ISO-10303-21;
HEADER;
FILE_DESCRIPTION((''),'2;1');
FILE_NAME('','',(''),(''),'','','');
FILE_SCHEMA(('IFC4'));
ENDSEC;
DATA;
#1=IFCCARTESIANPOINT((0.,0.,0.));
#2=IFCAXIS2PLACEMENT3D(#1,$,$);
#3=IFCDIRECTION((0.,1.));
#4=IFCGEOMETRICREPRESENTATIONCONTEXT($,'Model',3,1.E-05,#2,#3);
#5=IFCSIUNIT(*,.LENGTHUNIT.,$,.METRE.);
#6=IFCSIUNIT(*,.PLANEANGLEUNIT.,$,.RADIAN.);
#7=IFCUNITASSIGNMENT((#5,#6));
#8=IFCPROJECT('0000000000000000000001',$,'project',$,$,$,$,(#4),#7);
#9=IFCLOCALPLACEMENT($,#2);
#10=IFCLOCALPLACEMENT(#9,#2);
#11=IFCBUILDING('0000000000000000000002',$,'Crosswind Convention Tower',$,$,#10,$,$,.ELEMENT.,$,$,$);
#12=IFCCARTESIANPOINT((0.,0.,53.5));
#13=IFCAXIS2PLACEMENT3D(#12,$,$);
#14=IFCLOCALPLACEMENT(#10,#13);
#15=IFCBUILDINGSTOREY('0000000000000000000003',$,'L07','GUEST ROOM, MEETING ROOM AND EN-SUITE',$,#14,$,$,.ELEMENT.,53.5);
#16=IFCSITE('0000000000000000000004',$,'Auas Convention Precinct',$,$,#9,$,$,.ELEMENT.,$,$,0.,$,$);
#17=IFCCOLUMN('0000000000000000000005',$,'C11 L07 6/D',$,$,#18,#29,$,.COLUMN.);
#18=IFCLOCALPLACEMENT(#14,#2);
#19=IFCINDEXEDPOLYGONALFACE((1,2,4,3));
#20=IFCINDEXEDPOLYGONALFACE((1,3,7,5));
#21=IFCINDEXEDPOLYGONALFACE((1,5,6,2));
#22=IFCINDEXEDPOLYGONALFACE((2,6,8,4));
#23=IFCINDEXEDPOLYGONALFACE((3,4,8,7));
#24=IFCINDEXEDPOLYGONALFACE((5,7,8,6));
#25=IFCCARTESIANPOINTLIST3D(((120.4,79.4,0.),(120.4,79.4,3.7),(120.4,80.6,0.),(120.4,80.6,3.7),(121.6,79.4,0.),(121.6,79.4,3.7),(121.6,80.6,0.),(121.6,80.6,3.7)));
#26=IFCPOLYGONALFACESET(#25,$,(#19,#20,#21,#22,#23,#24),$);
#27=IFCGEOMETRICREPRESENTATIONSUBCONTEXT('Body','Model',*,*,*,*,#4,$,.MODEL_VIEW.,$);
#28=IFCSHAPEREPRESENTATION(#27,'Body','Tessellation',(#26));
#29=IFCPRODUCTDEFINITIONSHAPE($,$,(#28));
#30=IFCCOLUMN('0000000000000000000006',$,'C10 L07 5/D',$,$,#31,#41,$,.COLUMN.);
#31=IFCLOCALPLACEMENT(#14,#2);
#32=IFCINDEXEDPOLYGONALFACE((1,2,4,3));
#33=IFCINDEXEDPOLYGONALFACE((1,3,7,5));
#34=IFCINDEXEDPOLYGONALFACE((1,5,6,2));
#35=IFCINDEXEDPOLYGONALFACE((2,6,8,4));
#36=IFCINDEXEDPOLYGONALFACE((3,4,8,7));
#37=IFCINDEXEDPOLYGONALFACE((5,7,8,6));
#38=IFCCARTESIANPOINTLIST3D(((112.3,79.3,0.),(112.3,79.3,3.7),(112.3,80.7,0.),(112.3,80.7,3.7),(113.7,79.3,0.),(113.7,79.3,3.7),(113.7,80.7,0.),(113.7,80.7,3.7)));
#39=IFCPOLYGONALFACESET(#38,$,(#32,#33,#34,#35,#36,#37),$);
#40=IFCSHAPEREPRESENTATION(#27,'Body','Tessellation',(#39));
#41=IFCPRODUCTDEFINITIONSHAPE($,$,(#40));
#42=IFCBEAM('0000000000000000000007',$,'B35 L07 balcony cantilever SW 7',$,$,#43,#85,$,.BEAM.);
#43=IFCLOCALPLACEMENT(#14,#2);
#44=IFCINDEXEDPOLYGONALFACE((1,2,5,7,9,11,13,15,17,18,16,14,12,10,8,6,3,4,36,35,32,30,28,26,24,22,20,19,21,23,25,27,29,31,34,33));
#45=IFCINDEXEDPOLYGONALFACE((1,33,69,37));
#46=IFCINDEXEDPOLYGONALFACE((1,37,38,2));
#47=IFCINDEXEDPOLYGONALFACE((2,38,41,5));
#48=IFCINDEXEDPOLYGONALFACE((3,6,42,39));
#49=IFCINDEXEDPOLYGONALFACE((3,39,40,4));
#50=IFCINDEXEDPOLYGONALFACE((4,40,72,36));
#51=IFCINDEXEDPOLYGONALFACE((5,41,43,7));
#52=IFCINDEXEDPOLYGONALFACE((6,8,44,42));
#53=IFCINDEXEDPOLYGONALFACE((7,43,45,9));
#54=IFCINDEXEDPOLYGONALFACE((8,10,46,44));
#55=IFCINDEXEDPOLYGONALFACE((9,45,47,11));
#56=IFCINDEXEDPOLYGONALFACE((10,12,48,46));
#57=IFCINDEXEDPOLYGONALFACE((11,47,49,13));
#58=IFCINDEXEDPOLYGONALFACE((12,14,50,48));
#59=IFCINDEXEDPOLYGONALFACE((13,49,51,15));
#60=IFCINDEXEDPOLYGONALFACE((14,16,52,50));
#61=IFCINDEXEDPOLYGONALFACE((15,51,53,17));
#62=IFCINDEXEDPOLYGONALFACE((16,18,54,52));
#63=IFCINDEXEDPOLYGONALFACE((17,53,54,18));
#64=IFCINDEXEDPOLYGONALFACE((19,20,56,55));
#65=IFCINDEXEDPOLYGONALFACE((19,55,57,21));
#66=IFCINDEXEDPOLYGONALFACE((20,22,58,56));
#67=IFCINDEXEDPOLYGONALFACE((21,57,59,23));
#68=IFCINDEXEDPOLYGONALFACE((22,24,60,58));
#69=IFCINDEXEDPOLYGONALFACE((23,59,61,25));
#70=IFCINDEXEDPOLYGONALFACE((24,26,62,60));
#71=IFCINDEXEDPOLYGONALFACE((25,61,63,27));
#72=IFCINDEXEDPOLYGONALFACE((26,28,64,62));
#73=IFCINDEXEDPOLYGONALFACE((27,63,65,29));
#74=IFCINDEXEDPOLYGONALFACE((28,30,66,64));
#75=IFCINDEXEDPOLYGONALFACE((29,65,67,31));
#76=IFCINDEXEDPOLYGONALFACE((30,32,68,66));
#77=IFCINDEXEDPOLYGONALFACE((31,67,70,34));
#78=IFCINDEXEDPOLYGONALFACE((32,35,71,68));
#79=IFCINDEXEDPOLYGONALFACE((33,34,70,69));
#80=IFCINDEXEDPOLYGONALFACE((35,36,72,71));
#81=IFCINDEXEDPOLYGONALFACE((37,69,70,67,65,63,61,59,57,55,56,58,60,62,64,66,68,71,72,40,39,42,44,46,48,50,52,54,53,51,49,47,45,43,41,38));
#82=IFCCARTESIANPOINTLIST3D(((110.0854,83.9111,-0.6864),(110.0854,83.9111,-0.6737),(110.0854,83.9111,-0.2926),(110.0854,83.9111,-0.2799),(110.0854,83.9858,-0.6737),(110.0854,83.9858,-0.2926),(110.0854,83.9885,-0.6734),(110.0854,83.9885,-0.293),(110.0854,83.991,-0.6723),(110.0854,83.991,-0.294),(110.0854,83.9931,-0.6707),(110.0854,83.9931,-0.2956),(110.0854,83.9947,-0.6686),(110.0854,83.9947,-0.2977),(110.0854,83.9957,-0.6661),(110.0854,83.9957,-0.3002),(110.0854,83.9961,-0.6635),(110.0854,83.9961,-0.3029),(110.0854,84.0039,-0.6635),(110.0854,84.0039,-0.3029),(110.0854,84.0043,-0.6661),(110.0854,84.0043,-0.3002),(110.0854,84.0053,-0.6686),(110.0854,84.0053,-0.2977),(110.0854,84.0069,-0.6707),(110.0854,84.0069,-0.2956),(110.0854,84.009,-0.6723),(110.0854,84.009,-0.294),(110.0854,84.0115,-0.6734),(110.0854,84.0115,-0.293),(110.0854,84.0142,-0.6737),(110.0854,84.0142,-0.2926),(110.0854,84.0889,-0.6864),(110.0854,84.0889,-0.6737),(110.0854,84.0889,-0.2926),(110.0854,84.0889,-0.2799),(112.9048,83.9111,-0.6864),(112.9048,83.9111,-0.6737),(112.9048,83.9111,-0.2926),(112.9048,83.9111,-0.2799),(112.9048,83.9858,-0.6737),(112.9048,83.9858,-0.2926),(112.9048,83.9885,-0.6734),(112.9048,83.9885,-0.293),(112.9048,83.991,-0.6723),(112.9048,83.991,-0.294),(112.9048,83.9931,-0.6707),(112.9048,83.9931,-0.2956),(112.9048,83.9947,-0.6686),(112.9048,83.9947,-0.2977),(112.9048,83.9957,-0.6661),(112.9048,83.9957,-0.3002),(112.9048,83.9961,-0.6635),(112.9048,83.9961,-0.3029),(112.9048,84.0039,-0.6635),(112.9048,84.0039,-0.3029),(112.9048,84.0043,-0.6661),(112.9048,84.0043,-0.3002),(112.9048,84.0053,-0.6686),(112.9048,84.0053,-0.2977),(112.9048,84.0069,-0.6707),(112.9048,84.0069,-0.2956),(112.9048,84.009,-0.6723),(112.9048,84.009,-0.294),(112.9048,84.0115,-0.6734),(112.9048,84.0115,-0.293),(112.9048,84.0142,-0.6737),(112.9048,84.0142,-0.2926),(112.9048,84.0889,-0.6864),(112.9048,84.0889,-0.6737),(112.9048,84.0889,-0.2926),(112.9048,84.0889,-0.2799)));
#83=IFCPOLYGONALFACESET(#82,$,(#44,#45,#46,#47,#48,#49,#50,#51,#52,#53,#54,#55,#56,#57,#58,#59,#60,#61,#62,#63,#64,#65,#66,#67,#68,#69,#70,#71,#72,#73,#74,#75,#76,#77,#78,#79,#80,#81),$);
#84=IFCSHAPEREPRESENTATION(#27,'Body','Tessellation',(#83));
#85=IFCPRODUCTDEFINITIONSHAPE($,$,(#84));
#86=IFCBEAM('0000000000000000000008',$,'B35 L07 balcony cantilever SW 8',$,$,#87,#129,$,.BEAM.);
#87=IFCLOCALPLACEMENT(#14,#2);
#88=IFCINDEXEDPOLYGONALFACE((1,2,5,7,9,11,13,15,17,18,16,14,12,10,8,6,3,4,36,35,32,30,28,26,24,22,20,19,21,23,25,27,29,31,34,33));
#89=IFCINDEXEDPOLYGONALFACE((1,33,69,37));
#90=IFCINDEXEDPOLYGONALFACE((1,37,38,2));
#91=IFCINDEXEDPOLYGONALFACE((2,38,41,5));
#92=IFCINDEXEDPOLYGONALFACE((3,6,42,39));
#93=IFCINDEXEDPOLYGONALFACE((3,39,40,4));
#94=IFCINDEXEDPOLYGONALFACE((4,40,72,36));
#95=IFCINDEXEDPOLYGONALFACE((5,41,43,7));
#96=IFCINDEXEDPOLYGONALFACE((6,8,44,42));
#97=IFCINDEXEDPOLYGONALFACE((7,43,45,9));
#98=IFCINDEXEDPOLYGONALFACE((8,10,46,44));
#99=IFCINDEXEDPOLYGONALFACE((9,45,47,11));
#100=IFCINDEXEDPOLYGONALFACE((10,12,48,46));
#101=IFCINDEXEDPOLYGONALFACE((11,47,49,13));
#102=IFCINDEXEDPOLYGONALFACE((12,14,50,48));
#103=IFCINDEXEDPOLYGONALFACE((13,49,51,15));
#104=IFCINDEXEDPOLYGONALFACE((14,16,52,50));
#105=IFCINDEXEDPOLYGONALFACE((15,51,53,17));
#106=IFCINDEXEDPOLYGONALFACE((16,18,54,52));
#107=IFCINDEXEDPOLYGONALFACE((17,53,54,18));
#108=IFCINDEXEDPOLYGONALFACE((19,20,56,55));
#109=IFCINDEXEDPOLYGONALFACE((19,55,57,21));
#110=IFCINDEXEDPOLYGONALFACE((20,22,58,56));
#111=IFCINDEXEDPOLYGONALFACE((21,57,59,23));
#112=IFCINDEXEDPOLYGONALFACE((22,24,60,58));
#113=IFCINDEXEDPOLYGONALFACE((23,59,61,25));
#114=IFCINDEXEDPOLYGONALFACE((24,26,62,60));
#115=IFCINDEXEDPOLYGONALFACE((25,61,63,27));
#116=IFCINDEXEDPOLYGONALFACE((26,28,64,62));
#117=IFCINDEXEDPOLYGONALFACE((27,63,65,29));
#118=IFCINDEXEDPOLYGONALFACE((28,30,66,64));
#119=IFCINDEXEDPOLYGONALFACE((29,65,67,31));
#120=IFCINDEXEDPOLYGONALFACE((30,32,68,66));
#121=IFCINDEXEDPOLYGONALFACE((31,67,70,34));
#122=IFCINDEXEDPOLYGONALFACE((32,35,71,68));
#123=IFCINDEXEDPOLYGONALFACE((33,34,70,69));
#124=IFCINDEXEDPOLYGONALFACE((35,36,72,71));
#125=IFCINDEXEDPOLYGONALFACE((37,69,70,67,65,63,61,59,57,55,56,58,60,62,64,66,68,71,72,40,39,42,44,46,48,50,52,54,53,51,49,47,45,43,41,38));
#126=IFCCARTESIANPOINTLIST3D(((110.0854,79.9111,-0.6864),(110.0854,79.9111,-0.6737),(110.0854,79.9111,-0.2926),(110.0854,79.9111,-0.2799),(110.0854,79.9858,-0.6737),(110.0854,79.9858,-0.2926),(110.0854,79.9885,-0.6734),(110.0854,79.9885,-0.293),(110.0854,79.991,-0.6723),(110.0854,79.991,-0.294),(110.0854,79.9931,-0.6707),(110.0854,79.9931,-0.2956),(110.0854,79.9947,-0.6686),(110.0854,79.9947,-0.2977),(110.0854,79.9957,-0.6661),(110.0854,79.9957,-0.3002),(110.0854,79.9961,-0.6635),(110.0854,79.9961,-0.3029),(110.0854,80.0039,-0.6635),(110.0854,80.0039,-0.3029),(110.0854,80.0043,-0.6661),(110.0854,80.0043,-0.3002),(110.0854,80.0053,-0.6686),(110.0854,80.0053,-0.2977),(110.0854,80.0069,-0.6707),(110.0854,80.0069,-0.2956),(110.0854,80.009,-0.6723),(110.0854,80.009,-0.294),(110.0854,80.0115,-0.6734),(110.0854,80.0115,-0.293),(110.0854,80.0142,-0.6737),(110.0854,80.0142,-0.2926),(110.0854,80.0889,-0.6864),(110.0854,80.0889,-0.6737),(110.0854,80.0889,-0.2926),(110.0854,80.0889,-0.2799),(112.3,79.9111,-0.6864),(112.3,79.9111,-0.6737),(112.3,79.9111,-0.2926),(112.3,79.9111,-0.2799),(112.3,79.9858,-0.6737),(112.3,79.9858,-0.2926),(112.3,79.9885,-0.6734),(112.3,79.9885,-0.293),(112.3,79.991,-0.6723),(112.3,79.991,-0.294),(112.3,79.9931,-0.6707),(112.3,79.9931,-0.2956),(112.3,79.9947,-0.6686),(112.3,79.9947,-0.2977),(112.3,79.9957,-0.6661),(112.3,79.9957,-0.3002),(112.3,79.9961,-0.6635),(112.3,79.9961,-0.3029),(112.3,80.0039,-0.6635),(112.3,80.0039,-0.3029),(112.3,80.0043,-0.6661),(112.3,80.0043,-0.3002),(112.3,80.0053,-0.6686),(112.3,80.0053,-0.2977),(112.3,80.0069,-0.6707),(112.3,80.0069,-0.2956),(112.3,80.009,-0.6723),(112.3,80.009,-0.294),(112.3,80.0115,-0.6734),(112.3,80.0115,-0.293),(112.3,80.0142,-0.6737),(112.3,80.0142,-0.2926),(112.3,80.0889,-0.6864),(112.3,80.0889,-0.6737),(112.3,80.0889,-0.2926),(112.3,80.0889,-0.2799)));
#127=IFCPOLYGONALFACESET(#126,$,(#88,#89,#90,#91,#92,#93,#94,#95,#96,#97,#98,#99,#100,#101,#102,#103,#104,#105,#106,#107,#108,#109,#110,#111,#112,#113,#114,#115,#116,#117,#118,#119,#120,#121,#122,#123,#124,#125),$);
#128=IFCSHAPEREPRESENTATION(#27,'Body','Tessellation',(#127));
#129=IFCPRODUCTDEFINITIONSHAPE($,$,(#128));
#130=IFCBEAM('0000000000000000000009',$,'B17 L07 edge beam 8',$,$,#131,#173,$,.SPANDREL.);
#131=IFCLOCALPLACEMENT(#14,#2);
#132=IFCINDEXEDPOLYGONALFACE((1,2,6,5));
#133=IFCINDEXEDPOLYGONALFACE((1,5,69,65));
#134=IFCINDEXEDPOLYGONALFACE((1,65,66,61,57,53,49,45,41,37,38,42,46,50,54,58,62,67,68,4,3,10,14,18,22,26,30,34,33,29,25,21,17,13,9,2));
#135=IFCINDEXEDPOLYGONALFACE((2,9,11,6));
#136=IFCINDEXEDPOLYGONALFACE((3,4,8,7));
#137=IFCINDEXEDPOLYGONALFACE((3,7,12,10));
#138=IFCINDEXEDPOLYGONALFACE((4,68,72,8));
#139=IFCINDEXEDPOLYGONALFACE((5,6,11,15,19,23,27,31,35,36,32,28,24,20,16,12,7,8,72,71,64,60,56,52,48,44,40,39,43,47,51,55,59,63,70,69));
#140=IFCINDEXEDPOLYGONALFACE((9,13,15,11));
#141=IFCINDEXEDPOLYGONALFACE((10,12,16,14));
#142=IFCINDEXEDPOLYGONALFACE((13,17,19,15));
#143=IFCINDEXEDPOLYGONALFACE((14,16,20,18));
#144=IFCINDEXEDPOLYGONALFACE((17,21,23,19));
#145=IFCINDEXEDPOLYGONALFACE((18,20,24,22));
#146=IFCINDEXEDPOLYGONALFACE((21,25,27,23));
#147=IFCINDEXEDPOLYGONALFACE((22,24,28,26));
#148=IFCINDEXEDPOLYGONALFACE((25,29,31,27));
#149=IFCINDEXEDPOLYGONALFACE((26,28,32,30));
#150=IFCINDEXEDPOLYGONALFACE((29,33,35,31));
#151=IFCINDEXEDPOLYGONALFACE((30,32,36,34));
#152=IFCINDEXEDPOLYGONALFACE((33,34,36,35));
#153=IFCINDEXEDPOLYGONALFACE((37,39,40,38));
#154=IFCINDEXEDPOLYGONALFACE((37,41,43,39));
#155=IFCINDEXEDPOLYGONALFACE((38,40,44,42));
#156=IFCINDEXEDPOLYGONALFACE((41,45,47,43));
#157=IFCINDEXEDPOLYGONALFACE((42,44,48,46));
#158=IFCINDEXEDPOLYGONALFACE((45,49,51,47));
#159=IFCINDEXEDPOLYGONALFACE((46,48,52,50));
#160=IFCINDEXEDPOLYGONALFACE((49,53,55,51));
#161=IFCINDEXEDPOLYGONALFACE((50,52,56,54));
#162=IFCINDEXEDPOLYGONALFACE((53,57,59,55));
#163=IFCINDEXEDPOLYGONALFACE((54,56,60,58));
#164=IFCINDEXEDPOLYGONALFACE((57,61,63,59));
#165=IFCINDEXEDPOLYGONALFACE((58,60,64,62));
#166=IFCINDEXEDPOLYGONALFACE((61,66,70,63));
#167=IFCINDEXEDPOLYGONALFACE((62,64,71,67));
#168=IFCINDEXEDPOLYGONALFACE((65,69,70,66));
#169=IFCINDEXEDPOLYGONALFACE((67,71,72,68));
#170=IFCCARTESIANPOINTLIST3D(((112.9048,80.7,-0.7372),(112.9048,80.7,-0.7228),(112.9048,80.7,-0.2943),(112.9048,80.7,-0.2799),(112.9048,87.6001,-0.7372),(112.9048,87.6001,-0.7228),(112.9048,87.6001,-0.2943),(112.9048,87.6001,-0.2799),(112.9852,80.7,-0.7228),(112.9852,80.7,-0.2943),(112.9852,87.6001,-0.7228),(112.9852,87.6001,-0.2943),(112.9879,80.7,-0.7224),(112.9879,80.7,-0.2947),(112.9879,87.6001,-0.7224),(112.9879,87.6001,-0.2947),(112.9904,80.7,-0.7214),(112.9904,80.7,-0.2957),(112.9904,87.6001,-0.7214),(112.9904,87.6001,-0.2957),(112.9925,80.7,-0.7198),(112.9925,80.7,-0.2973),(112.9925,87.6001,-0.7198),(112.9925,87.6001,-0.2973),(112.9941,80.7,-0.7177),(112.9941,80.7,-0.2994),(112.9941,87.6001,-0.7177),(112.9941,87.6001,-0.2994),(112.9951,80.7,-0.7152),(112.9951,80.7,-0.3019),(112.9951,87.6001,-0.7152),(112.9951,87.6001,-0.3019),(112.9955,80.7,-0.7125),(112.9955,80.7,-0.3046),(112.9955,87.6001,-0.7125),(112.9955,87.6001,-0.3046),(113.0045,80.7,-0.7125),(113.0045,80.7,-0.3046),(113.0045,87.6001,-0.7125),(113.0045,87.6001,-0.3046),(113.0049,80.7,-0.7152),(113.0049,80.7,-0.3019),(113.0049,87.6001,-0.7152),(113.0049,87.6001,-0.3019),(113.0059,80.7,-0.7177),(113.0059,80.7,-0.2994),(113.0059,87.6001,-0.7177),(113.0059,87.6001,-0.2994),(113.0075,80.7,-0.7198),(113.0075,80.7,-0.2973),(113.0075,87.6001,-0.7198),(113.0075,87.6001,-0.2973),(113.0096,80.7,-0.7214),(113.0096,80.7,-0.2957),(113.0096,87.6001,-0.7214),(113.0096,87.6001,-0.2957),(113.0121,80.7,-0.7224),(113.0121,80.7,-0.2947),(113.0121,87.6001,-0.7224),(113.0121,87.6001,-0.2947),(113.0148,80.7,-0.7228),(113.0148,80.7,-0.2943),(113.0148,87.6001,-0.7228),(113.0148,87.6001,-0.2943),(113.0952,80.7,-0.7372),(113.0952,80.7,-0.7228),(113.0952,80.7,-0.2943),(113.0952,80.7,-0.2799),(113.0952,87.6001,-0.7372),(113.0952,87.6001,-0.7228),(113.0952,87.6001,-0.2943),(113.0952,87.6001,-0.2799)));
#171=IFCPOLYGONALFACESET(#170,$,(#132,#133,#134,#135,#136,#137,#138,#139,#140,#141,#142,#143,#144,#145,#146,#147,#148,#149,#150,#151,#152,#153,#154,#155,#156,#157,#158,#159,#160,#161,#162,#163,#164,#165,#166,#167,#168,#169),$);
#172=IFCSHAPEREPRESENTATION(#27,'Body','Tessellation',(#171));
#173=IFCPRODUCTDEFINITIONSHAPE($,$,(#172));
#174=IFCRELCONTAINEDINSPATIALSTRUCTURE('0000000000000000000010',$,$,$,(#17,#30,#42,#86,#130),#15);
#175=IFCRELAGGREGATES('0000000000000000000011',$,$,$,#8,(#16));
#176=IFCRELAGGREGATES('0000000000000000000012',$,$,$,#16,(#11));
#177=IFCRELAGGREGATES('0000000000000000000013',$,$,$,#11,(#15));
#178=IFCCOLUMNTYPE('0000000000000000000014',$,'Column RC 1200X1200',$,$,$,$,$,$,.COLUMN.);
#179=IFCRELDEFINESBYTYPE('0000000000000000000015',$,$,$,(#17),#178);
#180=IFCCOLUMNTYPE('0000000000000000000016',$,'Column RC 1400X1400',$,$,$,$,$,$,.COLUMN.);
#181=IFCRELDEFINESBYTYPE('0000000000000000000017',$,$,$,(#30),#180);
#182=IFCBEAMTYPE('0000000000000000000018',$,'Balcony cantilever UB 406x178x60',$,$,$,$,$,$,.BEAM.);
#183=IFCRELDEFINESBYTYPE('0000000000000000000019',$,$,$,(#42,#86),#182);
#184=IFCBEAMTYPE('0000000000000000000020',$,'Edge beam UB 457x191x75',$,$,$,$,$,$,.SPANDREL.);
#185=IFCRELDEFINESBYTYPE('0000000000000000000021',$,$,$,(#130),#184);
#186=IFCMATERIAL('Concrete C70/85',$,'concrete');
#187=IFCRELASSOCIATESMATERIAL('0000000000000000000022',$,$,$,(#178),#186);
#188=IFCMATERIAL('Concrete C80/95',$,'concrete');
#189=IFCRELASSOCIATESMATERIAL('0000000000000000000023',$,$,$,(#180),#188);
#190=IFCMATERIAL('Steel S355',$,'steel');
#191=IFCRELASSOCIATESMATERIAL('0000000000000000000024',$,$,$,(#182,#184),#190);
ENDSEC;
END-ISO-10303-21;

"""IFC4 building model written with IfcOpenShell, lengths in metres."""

from ifc_helpers import new_model, si_unit, direction, frame, origin, origin_2d, place, context, subcontext, project, spatial, rectangle, i_section, extrude, material, material_profile, profile_set, type_object, element, save


model = new_model("IFC4")

# Units and contexts
model_context = context("Model", 3, precision=1e-05, world=origin(), true_north=direction((0.0, 1.0)))
body_context = subcontext(model_context, "Body", "Model", "MODEL_VIEW")
ifc_project = project(units=[si_unit("LENGTHUNIT", "METRE"), si_unit("PLANEANGLEUNIT", "RADIAN")], contexts=[model_context])

# Site, building, storey
site_placement = place(None, origin())
site = spatial("IfcSite", under=ifc_project, at=site_placement, Name="Auas Convention Precinct", CompositionType="ELEMENT", RefElevation=0.0)
building_placement = place(site_placement, origin())
building = spatial("IfcBuilding", under=site, at=building_placement, Name="Crosswind Convention Tower", CompositionType="ELEMENT")
storey_placement = place(building_placement, frame((0.0, 0.0, 53.5)))
storey = spatial("IfcBuildingStorey", under=building, at=storey_placement, Name="L07", Description="GUEST ROOM, MEETING ROOM AND EN-SUITE", CompositionType="ELEMENT", Elevation=53.5)

# Columns
ifc_material_1 = material(Name="Concrete C70/85", Category="concrete")
ifc_material_profile_1 = material_profile(ifc_material_1, rectangle(XDim=1.2, YDim=1.2, at=origin_2d()), Name="RC 1200X1200")
ifc_profile_set_1 = profile_set([ifc_material_profile_1], Name="Concrete C70/85")
column_type_1 = type_object("IfcColumnType", Name="Column RC 1200X1200", PredefinedType="COLUMN", material=ifc_profile_set_1)
column_1_placement = place(storey_placement, frame((121.0, 80.0, 0.0), z_axis=(0.0, 0.0, 1.0), x_axis=(1.0, 0.0, 0.0)))
element("IfcColumn", 1, at=column_1_placement, inside=storey, type_object=column_type_1, Name="C11 L07 6/D", PredefinedType="COLUMN", context=body_context, shape_type="SweptSolid", body=[
    extrude(rectangle(XDim=1.2, YDim=1.2, at=origin_2d()), origin(), (0.0, 0.0, 1.0), 3.7),
])
ifc_material_2 = material(Name="Concrete C80/95", Category="concrete")
ifc_material_profile_2 = material_profile(ifc_material_2, rectangle(XDim=1.3999, YDim=1.3999, at=origin_2d()), Name="RC 1400X1400")
ifc_profile_set_2 = profile_set([ifc_material_profile_2], Name="Concrete C80/95")
column_type_2 = type_object("IfcColumnType", Name="Column RC 1400X1400", PredefinedType="COLUMN", material=ifc_profile_set_2)
column_2_placement = place(storey_placement, frame((113.0, 80.0, 0.0), z_axis=(0.0, 0.0, 1.0), x_axis=(1.0, 0.0, 0.0)))
element("IfcColumn", 2, at=column_2_placement, inside=storey, type_object=column_type_2, Name="C10 L07 5/D", PredefinedType="COLUMN", context=body_context, shape_type="SweptSolid", body=[
    extrude(rectangle(XDim=1.3999, YDim=1.3999, at=origin_2d()), origin(), (0.0, 0.0, 1.0), 3.7),
])

# Beams
ifc_material_3 = material(Name="Steel S355", Category="steel")
ifc_material_profile_3 = material_profile(ifc_material_3, i_section(OverallWidth=0.1777, OverallDepth=0.4065, WebThickness=0.0078, FlangeThickness=0.0127, FilletRadius=0.0103, at=origin_2d()), Name="UB 406x178x60")
ifc_profile_set_3 = profile_set([ifc_material_profile_3], Name="Steel S355")
beam_type_1 = type_object("IfcBeamType", Name="Balcony cantilever UB 406x178x60", PredefinedType="BEAM", material=ifc_profile_set_3)
beam_1_placement = place(storey_placement, frame((112.9048, 84.0, -0.4832), z_axis=(-1.0, 0.0, 0.0), x_axis=(0.0, -1.0, 0.0)))
element("IfcBeam", 3, at=beam_1_placement, inside=storey, type_object=beam_type_1, Name="B35 L07 balcony cantilever SW 7", PredefinedType="BEAM", context=body_context, shape_type="SweptSolid", body=[
    extrude(i_section(OverallWidth=0.1777, OverallDepth=0.4065, WebThickness=0.0078, FlangeThickness=0.0127, FilletRadius=0.0103, at=origin_2d()), origin(), (0.0, 0.0, 1.0), 2.8193),
])
beam_2_placement = place(storey_placement, frame((112.3, 80.0, -0.4832), z_axis=(-1.0, 0.0, 0.0), x_axis=(0.0, -1.0, 0.0)))
element("IfcBeam", 4, at=beam_2_placement, inside=storey, type_object=beam_type_1, Name="B35 L07 balcony cantilever SW 8", PredefinedType="BEAM", context=body_context, shape_type="SweptSolid", body=[
    extrude(i_section(OverallWidth=0.1777, OverallDepth=0.4065, WebThickness=0.0078, FlangeThickness=0.0127, FilletRadius=0.0103, at=origin_2d()), origin(), (0.0, 0.0, 1.0), 2.2146),
])
ifc_material_profile_4 = material_profile(ifc_material_3, i_section(OverallWidth=0.1904, OverallDepth=0.4573, WebThickness=0.009, FlangeThickness=0.0144, FilletRadius=0.0103, at=origin_2d()), Name="UB 457x191x75")
ifc_profile_set_4 = profile_set([ifc_material_profile_4], Name="Steel S355")
beam_type_2 = type_object("IfcBeamType", Name="Edge beam UB 457x191x75", PredefinedType="SPANDREL", material=ifc_profile_set_4)
beam_3_placement = place(storey_placement, frame((113.0, 80.7, -0.5085), z_axis=(0.0, 1.0, 0.0), x_axis=(-1.0, 0.0, 0.0)))
element("IfcBeam", 5, at=beam_3_placement, inside=storey, type_object=beam_type_2, Name="B17 L07 edge beam 8", PredefinedType="SPANDREL", context=body_context, shape_type="SweptSolid", body=[
    extrude(i_section(OverallWidth=0.1904, OverallDepth=0.4573, WebThickness=0.009, FlangeThickness=0.0144, FilletRadius=0.0103, at=origin_2d()), origin(), (0.0, 0.0, 1.0), 6.9001),
])

save(model, "model.ifc")
